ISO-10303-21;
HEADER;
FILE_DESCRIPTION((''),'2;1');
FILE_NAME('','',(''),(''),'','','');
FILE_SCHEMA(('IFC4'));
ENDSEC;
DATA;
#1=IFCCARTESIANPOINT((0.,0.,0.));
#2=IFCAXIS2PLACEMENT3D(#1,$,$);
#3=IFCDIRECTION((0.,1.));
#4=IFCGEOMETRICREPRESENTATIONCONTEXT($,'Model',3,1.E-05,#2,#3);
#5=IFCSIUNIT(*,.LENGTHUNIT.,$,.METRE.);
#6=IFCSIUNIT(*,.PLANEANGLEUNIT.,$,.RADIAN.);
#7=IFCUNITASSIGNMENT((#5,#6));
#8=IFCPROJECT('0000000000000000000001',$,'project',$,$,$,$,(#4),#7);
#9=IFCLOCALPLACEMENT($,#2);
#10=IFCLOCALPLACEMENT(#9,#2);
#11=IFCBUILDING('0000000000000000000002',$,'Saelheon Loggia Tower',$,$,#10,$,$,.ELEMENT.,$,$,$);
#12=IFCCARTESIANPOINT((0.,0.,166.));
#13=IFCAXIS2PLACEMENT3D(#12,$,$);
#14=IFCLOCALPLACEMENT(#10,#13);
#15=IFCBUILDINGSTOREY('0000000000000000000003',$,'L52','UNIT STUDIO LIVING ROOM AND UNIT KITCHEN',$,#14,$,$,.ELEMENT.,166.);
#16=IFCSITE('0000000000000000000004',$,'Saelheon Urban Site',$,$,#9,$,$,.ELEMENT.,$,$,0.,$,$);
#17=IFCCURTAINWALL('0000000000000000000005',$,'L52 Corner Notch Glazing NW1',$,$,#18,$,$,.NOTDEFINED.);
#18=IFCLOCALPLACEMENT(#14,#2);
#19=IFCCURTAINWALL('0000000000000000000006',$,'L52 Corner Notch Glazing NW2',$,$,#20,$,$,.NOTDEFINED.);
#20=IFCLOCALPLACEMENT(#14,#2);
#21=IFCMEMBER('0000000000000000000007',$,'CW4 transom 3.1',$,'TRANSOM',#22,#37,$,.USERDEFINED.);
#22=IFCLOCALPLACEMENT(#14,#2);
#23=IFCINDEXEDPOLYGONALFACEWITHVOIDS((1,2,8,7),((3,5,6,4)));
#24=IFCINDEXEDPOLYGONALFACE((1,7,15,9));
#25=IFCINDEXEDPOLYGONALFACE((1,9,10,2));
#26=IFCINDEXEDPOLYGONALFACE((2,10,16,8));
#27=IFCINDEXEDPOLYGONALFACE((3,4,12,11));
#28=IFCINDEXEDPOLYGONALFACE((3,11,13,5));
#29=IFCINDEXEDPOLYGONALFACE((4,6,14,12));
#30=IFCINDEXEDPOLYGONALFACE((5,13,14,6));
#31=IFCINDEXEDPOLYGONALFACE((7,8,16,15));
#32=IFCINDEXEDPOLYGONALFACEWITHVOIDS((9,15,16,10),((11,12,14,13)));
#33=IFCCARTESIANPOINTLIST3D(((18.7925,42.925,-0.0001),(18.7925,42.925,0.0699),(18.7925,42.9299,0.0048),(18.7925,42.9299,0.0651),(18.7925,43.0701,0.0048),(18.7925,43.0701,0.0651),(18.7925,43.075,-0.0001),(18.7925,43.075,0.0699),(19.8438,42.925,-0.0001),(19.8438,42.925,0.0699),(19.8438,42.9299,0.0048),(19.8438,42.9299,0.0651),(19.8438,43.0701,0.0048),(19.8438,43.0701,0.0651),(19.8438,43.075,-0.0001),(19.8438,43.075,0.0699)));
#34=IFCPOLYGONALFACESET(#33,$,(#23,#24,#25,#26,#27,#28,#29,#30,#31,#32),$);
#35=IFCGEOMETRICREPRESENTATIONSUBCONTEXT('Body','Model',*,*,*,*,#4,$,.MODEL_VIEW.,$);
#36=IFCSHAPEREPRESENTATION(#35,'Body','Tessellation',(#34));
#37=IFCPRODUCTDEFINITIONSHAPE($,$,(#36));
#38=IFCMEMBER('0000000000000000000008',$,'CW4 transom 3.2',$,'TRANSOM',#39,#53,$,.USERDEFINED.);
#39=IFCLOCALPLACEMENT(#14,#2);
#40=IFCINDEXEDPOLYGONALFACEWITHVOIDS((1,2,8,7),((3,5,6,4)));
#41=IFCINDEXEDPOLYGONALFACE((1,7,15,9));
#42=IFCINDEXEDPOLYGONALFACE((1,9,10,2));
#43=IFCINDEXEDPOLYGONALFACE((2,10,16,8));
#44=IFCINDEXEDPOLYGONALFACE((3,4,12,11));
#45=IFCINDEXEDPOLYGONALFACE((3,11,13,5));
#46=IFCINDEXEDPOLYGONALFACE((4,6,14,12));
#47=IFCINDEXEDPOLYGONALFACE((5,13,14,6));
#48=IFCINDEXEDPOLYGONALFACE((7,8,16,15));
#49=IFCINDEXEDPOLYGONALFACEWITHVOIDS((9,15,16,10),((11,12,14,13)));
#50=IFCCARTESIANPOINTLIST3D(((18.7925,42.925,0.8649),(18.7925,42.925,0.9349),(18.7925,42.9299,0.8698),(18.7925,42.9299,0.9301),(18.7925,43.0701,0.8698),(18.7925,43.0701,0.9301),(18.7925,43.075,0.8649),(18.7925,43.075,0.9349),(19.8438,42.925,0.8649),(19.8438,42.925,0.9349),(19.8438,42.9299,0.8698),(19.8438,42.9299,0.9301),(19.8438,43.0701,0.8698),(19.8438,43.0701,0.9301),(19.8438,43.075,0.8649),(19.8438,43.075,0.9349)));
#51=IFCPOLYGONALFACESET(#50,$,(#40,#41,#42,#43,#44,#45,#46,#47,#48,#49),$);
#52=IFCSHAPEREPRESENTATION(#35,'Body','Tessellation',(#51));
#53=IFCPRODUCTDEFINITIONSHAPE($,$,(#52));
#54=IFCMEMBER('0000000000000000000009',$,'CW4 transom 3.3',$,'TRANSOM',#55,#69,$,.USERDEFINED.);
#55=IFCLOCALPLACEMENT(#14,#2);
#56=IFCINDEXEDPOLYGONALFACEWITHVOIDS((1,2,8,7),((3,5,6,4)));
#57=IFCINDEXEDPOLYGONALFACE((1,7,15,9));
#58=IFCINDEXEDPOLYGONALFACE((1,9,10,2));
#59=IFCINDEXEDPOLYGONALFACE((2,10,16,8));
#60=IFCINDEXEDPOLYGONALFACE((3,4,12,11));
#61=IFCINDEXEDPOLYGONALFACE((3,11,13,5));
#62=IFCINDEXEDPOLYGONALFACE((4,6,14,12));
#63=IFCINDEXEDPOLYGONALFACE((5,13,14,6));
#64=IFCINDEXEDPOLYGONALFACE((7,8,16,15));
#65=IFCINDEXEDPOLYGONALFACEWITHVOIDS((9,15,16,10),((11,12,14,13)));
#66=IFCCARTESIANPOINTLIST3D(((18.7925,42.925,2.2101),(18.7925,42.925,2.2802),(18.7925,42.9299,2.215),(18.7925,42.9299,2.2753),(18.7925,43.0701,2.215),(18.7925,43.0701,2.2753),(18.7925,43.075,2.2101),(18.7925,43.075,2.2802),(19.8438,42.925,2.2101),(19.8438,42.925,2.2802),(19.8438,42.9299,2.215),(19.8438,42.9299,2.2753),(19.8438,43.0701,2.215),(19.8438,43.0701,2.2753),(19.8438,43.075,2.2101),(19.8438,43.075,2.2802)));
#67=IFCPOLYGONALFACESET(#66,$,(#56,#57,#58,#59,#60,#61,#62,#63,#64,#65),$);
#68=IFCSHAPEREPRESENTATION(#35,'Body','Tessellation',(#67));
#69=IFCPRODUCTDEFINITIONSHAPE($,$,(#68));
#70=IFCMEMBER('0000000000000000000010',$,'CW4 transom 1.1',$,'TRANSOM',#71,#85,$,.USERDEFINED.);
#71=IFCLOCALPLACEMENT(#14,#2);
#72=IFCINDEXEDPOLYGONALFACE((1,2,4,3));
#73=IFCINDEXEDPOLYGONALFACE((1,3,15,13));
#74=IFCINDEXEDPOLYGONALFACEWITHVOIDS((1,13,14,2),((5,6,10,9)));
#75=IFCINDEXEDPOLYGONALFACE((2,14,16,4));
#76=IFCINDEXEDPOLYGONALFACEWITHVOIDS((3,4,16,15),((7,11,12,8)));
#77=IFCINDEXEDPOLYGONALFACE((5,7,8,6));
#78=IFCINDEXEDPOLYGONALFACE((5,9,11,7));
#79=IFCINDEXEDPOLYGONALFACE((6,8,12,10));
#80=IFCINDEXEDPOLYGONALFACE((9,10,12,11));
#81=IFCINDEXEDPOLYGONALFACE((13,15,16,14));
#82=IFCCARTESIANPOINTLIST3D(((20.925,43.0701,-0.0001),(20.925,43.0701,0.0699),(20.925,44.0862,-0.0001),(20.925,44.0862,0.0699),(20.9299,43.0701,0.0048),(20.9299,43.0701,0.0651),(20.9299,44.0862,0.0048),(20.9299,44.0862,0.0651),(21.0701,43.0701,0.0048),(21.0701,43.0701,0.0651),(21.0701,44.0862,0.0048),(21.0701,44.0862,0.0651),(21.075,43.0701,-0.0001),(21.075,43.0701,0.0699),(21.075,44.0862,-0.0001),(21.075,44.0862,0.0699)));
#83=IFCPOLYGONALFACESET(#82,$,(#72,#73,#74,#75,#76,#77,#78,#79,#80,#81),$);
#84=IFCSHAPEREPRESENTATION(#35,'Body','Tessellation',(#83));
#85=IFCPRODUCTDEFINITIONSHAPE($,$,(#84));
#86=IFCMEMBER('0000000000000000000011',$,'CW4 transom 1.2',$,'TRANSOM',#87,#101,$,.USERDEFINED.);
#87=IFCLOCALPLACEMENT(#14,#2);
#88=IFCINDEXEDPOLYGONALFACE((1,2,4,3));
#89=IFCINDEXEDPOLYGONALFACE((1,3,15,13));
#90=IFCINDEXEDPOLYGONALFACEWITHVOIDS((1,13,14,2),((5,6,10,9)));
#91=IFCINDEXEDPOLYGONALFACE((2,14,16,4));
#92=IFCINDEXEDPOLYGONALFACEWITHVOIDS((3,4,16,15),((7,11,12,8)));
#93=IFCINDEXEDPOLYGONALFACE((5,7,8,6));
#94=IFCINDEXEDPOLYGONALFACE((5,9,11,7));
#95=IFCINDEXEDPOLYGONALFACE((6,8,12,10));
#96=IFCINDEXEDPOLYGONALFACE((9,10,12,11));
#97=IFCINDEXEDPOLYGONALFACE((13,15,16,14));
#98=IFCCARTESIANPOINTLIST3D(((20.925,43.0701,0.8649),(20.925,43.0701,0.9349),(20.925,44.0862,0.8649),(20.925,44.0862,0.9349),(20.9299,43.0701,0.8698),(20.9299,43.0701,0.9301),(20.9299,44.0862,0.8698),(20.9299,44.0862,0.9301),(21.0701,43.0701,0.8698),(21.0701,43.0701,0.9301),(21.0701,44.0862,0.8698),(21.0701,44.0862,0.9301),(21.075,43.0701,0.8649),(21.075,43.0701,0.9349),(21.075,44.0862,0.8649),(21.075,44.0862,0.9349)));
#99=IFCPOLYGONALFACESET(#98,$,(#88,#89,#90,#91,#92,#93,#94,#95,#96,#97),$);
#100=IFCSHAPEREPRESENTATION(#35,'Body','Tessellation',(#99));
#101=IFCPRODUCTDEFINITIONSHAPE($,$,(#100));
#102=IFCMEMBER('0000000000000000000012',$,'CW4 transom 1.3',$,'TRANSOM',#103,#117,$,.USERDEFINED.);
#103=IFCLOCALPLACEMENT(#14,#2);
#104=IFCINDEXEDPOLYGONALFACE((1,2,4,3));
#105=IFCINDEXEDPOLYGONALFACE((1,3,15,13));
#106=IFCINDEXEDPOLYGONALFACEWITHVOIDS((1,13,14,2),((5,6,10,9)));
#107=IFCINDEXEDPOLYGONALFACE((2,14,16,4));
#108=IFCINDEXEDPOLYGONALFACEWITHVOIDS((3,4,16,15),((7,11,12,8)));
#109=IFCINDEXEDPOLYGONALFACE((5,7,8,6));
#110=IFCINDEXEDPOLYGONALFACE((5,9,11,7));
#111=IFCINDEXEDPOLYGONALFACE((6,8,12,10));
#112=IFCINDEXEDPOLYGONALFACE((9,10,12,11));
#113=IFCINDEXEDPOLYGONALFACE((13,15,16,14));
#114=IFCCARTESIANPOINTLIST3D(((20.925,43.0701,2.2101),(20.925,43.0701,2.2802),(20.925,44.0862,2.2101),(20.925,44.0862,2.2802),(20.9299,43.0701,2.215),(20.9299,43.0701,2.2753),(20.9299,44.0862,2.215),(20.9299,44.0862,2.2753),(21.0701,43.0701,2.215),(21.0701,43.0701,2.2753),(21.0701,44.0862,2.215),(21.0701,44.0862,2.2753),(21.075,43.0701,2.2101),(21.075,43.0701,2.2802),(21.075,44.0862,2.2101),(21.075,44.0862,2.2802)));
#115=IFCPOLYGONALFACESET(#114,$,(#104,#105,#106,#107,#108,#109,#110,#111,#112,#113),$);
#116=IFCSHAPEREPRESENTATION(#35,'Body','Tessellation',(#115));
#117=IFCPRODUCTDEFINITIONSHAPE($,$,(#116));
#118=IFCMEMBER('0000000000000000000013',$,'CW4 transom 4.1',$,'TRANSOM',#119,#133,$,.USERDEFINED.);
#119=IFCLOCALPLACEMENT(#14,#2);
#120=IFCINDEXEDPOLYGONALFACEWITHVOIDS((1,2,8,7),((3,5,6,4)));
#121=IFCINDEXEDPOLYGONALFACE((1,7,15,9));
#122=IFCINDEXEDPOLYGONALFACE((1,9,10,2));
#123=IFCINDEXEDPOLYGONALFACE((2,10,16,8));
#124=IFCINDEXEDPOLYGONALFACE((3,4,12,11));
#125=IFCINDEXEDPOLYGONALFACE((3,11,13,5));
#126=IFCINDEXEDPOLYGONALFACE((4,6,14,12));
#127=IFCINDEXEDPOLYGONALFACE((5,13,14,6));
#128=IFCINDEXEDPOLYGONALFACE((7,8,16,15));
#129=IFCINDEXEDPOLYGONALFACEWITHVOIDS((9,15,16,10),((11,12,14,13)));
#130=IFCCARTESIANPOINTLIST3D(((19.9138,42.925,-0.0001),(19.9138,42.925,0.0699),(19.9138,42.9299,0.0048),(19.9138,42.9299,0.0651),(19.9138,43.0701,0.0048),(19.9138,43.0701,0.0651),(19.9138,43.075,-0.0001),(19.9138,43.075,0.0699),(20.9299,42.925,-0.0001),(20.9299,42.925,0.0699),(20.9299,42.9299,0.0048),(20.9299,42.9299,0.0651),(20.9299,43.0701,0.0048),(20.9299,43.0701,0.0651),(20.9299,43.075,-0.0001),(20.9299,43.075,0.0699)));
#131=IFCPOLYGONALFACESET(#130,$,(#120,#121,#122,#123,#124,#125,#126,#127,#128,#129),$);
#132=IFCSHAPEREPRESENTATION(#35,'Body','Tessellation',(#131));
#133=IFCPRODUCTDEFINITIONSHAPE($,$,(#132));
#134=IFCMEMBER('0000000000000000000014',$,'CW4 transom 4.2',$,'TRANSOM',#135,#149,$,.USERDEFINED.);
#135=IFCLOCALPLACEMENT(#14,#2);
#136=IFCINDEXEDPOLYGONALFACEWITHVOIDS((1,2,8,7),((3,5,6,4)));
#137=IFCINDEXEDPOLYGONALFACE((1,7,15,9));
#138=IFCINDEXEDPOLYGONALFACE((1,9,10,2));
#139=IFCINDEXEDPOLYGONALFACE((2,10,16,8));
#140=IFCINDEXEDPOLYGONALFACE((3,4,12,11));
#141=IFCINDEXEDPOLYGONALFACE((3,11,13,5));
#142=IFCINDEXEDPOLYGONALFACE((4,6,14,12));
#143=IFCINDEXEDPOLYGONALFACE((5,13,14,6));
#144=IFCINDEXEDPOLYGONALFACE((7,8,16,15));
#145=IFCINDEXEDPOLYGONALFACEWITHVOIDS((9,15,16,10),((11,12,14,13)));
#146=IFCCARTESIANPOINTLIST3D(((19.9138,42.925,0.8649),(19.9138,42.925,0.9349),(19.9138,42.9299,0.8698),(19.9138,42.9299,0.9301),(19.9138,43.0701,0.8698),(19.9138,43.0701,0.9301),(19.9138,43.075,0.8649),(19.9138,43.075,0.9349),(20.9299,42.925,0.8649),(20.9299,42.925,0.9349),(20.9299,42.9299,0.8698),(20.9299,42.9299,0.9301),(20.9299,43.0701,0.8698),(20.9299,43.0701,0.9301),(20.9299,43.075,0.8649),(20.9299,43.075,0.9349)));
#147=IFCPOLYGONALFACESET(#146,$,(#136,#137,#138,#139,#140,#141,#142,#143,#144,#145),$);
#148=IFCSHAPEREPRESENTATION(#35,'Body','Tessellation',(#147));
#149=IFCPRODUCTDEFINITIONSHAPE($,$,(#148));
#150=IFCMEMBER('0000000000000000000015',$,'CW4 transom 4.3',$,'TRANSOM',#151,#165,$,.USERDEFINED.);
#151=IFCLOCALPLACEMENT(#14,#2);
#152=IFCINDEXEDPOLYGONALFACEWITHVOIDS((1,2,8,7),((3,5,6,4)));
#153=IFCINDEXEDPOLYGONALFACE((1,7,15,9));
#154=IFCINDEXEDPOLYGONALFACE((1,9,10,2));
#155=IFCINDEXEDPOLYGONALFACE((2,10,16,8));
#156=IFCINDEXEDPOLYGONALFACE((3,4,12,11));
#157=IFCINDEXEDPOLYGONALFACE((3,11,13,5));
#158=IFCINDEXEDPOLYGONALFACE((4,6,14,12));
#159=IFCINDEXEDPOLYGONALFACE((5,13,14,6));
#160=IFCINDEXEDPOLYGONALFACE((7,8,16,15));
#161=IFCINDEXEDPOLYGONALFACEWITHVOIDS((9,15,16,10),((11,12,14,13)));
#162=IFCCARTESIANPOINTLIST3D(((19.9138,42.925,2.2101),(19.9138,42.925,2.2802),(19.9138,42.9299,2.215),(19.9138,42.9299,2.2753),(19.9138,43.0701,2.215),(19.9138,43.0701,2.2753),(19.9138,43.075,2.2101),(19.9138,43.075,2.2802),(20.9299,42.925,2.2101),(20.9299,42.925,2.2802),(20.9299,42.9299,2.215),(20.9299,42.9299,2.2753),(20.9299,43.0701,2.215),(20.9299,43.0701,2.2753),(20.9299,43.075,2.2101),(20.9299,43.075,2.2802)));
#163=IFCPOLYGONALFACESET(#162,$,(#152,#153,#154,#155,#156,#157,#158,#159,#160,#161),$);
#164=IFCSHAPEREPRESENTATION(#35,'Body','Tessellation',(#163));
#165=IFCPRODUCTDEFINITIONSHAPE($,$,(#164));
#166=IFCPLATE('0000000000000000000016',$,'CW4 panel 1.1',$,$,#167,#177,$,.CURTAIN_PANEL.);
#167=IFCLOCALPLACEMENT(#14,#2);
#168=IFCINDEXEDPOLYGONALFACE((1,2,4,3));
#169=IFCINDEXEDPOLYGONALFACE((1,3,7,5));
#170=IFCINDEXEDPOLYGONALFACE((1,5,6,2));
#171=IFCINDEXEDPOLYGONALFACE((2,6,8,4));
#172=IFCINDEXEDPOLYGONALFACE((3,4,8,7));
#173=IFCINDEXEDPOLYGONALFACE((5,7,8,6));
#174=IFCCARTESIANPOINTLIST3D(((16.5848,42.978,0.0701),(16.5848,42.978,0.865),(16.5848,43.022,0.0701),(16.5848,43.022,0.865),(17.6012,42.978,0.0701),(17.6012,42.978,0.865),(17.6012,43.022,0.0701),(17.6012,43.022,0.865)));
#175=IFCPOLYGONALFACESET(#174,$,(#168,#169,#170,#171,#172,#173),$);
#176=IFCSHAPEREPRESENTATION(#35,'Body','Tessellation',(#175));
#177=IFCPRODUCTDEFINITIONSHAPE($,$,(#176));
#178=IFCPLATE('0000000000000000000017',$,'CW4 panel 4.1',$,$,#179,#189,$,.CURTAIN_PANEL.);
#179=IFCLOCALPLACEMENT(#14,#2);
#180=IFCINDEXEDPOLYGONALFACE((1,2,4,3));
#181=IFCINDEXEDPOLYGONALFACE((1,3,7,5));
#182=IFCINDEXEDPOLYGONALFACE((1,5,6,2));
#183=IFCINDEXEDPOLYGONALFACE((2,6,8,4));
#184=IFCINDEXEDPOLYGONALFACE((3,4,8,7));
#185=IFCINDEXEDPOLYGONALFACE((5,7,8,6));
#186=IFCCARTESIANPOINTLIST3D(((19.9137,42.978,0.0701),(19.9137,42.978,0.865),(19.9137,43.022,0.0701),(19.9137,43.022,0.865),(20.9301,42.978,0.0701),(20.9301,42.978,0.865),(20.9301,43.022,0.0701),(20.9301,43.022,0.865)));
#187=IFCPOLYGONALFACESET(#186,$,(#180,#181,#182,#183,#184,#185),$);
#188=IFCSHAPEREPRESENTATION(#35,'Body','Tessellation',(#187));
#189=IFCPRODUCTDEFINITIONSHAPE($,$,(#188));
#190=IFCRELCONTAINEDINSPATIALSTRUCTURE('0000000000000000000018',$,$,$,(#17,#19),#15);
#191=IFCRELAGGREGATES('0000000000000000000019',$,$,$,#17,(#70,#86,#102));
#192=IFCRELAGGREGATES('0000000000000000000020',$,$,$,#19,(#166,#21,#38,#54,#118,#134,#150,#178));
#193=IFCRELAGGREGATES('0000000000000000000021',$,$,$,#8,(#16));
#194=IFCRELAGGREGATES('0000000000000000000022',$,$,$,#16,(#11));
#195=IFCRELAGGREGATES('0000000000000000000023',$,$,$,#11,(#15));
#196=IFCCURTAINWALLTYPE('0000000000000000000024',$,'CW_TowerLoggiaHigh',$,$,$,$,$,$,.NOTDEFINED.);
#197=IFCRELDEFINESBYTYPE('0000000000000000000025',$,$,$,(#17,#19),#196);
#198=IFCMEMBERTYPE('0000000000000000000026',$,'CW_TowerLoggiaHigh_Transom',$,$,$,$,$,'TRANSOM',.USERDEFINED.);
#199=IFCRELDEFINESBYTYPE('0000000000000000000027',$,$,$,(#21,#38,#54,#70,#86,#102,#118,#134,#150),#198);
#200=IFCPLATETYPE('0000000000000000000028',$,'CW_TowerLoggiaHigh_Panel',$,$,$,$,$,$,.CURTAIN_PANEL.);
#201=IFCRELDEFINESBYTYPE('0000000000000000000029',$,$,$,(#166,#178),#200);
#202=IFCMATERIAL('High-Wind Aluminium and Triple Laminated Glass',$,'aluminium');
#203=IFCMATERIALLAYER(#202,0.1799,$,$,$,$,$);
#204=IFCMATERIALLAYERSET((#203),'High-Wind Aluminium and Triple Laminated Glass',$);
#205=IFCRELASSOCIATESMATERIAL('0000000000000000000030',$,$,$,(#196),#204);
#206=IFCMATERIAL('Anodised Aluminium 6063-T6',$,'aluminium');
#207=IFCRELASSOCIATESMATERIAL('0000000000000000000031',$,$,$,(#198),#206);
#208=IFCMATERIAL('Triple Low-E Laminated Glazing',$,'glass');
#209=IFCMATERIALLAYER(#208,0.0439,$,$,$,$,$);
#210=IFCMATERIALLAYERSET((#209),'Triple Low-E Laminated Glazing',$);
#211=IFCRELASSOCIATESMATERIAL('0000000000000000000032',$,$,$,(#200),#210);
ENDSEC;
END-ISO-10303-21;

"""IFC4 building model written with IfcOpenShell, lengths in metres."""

from ifc_helpers import new_model, si_unit, direction, frame, origin, origin_2d, place, context, subcontext, project, spatial, rectangle, hollow_rectangle, extrude, source, transform, mapped, material, layer, layer_set, material_profile, profile_set, type_object, element, aggregate, save


model = new_model("IFC4")

# Units and contexts
model_context = context("Model", 3, precision=1e-05, world=origin(), true_north=direction((0.0, 1.0)))
body_context = subcontext(model_context, "Body", "Model", "MODEL_VIEW")
ifc_project = project(units=[si_unit("LENGTHUNIT", "METRE"), si_unit("PLANEANGLEUNIT", "RADIAN")], contexts=[model_context])

# Site, building, storey
site_placement = place(None, origin())
site = spatial("IfcSite", under=ifc_project, at=site_placement, Name="Saelheon Urban Site", CompositionType="ELEMENT", RefElevation=0.0)
building_placement = place(site_placement, origin())
building = spatial("IfcBuilding", under=site, at=building_placement, Name="Saelheon Loggia Tower", CompositionType="ELEMENT")
storey_placement = place(building_placement, frame((0.0, 0.0, 166.0)))
storey = spatial("IfcBuildingStorey", under=building, at=storey_placement, Name="L52", Description="UNIT STUDIO LIVING ROOM AND UNIT KITCHEN", CompositionType="ELEMENT", Elevation=166.0)

# Curtain wall
ifc_material_1 = material(Name="High-Wind Aluminium and Triple Laminated Glass", Category="aluminium")
ifc_layer_1 = layer(ifc_material_1, 0.1799)
ifc_layer_set_1 = layer_set([ifc_layer_1], Name="High-Wind Aluminium and Triple Laminated Glass")
curtain_wall_type = type_object("IfcCurtainWallType", Name="CW_TowerLoggiaHigh", PredefinedType="NOTDEFINED", material=ifc_layer_set_1)
curtain_wall_1_placement = place(storey_placement, origin())
curtain_wall_1 = element("IfcCurtainWall", 1, at=curtain_wall_1_placement, inside=storey, type_object=curtain_wall_type, Name="L52 Corner Notch Glazing NW1", PredefinedType="NOTDEFINED")
ifc_material_2 = material(Name="Anodised Aluminium 6063-T6", Category="aluminium")

# Curtain wall, members
curtain_wall_2_placement = place(storey_placement, origin())
curtain_wall_2 = element("IfcCurtainWall", 2, at=curtain_wall_2_placement, inside=storey, type_object=curtain_wall_type, Name="L52 Corner Notch Glazing NW2", PredefinedType="NOTDEFINED")
ifc_material_profile_1 = material_profile(ifc_material_2, hollow_rectangle(XDim=0.0701, YDim=0.1499, WallThickness=0.0049, at=origin_2d()), Name="RHS-150x70x5")
ifc_profile_set_1 = profile_set([ifc_material_profile_1], Name="Anodised Aluminium 6063-T6")
member_type_1 = type_object("IfcMemberType", Name="CW_TowerLoggiaHigh_Transom", ElementType="TRANSOM", PredefinedType="USERDEFINED", material=ifc_profile_set_1)
shared_shape_1 = source(origin(), body_context, "Body", "SweptSolid", [
    extrude(hollow_rectangle(XDim=0.0701, YDim=0.1499, WallThickness=0.0049, at=origin_2d()), origin(), (0.0, 0.0, 1.0), 1.0513),
])
member_1_placement = place(storey_placement, frame((18.7925, 43.0, 0.0349), z_axis=(1.0, 0.0, 0.0), x_axis=(0.0, 0.0, 1.0)))
member_1 = element("IfcMember", 3, at=member_1_placement, type_object=member_type_1, Name="CW4 transom 3.1", ObjectType="TRANSOM", PredefinedType="USERDEFINED", context=body_context, shape_type="MappedRepresentation", body=[
    mapped(shared_shape_1, transform((0.0, 0.0, 0.0), scale=1.0)),
])
member_2_placement = place(storey_placement, frame((18.7925, 43.0, 0.8999), z_axis=(1.0, 0.0, 0.0), x_axis=(0.0, 0.0, 1.0)))
member_2 = element("IfcMember", 4, at=member_2_placement, type_object=member_type_1, Name="CW4 transom 3.2", ObjectType="TRANSOM", PredefinedType="USERDEFINED", context=body_context, shape_type="MappedRepresentation", body=[
    mapped(shared_shape_1, transform((0.0, 0.0, 0.0), scale=1.0)),
])
member_3_placement = place(storey_placement, frame((18.7925, 43.0, 2.2451), z_axis=(1.0, 0.0, 0.0), x_axis=(0.0, 0.0, 1.0)))
member_3 = element("IfcMember", 5, at=member_3_placement, type_object=member_type_1, Name="CW4 transom 3.3", ObjectType="TRANSOM", PredefinedType="USERDEFINED", context=body_context, shape_type="MappedRepresentation", body=[
    mapped(shared_shape_1, transform((0.0, 0.0, 0.0), scale=1.0)),
])

# Members
shared_shape_2 = source(origin(), body_context, "Body", "SweptSolid", [
    extrude(hollow_rectangle(XDim=0.0701, YDim=0.1499, WallThickness=0.0049, at=origin_2d()), origin(), (0.0, 0.0, 1.0), 1.0161),
])
member_4_placement = place(storey_placement, frame((21.0, 43.0701, 0.0349), z_axis=(0.0, 1.0, 0.0), x_axis=(0.0, 0.0, 1.0)))
member_4 = element("IfcMember", 6, at=member_4_placement, type_object=member_type_1, Name="CW4 transom 1.1", ObjectType="TRANSOM", PredefinedType="USERDEFINED", context=body_context, shape_type="MappedRepresentation", body=[
    mapped(shared_shape_2, transform((0.0, 0.0, 0.0), scale=1.0)),
])
member_5_placement = place(storey_placement, frame((21.0, 43.0701, 0.8999), z_axis=(0.0, 1.0, 0.0), x_axis=(0.0, 0.0, 1.0)))
member_5 = element("IfcMember", 7, at=member_5_placement, type_object=member_type_1, Name="CW4 transom 1.2", ObjectType="TRANSOM", PredefinedType="USERDEFINED", context=body_context, shape_type="MappedRepresentation", body=[
    mapped(shared_shape_2, transform((0.0, 0.0, 0.0), scale=1.0)),
])
member_6_placement = place(storey_placement, frame((21.0, 43.0701, 2.2451), z_axis=(0.0, 1.0, 0.0), x_axis=(0.0, 0.0, 1.0)))
member_6 = element("IfcMember", 8, at=member_6_placement, type_object=member_type_1, Name="CW4 transom 1.3", ObjectType="TRANSOM", PredefinedType="USERDEFINED", context=body_context, shape_type="MappedRepresentation", body=[
    mapped(shared_shape_2, transform((0.0, 0.0, 0.0), scale=1.0)),
])
aggregate(curtain_wall_1, [member_4, member_5, member_6])
member_7_placement = place(storey_placement, frame((19.9138, 43.0, 0.0349), z_axis=(1.0, 0.0, 0.0), x_axis=(0.0, 0.0, 1.0)))
member_7 = element("IfcMember", 9, at=member_7_placement, type_object=member_type_1, Name="CW4 transom 4.1", ObjectType="TRANSOM", PredefinedType="USERDEFINED", context=body_context, shape_type="MappedRepresentation", body=[
    mapped(shared_shape_2, transform((0.0, 0.0, 0.0), scale=1.0)),
])
member_8_placement = place(storey_placement, frame((19.9138, 43.0, 0.8999), z_axis=(1.0, 0.0, 0.0), x_axis=(0.0, 0.0, 1.0)))
member_8 = element("IfcMember", 10, at=member_8_placement, type_object=member_type_1, Name="CW4 transom 4.2", ObjectType="TRANSOM", PredefinedType="USERDEFINED", context=body_context, shape_type="MappedRepresentation", body=[
    mapped(shared_shape_2, transform((0.0, 0.0, 0.0), scale=1.0)),
])
member_9_placement = place(storey_placement, frame((19.9138, 43.0, 2.2451), z_axis=(1.0, 0.0, 0.0), x_axis=(0.0, 0.0, 1.0)))
member_9 = element("IfcMember", 11, at=member_9_placement, type_object=member_type_1, Name="CW4 transom 4.3", ObjectType="TRANSOM", PredefinedType="USERDEFINED", context=body_context, shape_type="MappedRepresentation", body=[
    mapped(shared_shape_2, transform((0.0, 0.0, 0.0), scale=1.0)),
])

# Plates
ifc_material_3 = material(Name="Triple Low-E Laminated Glazing", Category="glass")
ifc_layer_2 = layer(ifc_material_3, 0.0439)
ifc_layer_set_2 = layer_set([ifc_layer_2], Name="Triple Low-E Laminated Glazing")
plate_type = type_object("IfcPlateType", Name="CW_TowerLoggiaHigh_Panel", PredefinedType="CURTAIN_PANEL", material=ifc_layer_set_2)
shared_shape_3 = source(origin(), body_context, "Body", "SweptSolid", [
    extrude(rectangle(XDim=1.0164, YDim=0.0439, at=origin_2d()), origin(), (0.0, 0.0, 1.0), 0.7949),
])
plate_1_placement = place(storey_placement, frame((17.093, 43.0, 0.0701), z_axis=(0.0, 0.0, 1.0), x_axis=(1.0, 0.0, 0.0)))
plate_1 = element("IfcPlate", 12, at=plate_1_placement, type_object=plate_type, Name="CW4 panel 1.1", PredefinedType="CURTAIN_PANEL", context=body_context, shape_type="MappedRepresentation", body=[
    mapped(shared_shape_3, transform((0.0, 0.0, 0.0), scale=1.0)),
])
plate_2_placement = place(storey_placement, frame((20.4219, 43.0, 0.0701), z_axis=(0.0, 0.0, 1.0), x_axis=(1.0, 0.0, 0.0)))
plate_2 = element("IfcPlate", 13, at=plate_2_placement, type_object=plate_type, Name="CW4 panel 4.1", PredefinedType="CURTAIN_PANEL", context=body_context, shape_type="MappedRepresentation", body=[
    mapped(shared_shape_3, transform((0.0, 0.0, 0.0), scale=1.0)),
])
aggregate(curtain_wall_2, [plate_1, member_1, member_2, member_3, member_7, member_8, member_9, plate_2])

save(model, "model.ifc")
